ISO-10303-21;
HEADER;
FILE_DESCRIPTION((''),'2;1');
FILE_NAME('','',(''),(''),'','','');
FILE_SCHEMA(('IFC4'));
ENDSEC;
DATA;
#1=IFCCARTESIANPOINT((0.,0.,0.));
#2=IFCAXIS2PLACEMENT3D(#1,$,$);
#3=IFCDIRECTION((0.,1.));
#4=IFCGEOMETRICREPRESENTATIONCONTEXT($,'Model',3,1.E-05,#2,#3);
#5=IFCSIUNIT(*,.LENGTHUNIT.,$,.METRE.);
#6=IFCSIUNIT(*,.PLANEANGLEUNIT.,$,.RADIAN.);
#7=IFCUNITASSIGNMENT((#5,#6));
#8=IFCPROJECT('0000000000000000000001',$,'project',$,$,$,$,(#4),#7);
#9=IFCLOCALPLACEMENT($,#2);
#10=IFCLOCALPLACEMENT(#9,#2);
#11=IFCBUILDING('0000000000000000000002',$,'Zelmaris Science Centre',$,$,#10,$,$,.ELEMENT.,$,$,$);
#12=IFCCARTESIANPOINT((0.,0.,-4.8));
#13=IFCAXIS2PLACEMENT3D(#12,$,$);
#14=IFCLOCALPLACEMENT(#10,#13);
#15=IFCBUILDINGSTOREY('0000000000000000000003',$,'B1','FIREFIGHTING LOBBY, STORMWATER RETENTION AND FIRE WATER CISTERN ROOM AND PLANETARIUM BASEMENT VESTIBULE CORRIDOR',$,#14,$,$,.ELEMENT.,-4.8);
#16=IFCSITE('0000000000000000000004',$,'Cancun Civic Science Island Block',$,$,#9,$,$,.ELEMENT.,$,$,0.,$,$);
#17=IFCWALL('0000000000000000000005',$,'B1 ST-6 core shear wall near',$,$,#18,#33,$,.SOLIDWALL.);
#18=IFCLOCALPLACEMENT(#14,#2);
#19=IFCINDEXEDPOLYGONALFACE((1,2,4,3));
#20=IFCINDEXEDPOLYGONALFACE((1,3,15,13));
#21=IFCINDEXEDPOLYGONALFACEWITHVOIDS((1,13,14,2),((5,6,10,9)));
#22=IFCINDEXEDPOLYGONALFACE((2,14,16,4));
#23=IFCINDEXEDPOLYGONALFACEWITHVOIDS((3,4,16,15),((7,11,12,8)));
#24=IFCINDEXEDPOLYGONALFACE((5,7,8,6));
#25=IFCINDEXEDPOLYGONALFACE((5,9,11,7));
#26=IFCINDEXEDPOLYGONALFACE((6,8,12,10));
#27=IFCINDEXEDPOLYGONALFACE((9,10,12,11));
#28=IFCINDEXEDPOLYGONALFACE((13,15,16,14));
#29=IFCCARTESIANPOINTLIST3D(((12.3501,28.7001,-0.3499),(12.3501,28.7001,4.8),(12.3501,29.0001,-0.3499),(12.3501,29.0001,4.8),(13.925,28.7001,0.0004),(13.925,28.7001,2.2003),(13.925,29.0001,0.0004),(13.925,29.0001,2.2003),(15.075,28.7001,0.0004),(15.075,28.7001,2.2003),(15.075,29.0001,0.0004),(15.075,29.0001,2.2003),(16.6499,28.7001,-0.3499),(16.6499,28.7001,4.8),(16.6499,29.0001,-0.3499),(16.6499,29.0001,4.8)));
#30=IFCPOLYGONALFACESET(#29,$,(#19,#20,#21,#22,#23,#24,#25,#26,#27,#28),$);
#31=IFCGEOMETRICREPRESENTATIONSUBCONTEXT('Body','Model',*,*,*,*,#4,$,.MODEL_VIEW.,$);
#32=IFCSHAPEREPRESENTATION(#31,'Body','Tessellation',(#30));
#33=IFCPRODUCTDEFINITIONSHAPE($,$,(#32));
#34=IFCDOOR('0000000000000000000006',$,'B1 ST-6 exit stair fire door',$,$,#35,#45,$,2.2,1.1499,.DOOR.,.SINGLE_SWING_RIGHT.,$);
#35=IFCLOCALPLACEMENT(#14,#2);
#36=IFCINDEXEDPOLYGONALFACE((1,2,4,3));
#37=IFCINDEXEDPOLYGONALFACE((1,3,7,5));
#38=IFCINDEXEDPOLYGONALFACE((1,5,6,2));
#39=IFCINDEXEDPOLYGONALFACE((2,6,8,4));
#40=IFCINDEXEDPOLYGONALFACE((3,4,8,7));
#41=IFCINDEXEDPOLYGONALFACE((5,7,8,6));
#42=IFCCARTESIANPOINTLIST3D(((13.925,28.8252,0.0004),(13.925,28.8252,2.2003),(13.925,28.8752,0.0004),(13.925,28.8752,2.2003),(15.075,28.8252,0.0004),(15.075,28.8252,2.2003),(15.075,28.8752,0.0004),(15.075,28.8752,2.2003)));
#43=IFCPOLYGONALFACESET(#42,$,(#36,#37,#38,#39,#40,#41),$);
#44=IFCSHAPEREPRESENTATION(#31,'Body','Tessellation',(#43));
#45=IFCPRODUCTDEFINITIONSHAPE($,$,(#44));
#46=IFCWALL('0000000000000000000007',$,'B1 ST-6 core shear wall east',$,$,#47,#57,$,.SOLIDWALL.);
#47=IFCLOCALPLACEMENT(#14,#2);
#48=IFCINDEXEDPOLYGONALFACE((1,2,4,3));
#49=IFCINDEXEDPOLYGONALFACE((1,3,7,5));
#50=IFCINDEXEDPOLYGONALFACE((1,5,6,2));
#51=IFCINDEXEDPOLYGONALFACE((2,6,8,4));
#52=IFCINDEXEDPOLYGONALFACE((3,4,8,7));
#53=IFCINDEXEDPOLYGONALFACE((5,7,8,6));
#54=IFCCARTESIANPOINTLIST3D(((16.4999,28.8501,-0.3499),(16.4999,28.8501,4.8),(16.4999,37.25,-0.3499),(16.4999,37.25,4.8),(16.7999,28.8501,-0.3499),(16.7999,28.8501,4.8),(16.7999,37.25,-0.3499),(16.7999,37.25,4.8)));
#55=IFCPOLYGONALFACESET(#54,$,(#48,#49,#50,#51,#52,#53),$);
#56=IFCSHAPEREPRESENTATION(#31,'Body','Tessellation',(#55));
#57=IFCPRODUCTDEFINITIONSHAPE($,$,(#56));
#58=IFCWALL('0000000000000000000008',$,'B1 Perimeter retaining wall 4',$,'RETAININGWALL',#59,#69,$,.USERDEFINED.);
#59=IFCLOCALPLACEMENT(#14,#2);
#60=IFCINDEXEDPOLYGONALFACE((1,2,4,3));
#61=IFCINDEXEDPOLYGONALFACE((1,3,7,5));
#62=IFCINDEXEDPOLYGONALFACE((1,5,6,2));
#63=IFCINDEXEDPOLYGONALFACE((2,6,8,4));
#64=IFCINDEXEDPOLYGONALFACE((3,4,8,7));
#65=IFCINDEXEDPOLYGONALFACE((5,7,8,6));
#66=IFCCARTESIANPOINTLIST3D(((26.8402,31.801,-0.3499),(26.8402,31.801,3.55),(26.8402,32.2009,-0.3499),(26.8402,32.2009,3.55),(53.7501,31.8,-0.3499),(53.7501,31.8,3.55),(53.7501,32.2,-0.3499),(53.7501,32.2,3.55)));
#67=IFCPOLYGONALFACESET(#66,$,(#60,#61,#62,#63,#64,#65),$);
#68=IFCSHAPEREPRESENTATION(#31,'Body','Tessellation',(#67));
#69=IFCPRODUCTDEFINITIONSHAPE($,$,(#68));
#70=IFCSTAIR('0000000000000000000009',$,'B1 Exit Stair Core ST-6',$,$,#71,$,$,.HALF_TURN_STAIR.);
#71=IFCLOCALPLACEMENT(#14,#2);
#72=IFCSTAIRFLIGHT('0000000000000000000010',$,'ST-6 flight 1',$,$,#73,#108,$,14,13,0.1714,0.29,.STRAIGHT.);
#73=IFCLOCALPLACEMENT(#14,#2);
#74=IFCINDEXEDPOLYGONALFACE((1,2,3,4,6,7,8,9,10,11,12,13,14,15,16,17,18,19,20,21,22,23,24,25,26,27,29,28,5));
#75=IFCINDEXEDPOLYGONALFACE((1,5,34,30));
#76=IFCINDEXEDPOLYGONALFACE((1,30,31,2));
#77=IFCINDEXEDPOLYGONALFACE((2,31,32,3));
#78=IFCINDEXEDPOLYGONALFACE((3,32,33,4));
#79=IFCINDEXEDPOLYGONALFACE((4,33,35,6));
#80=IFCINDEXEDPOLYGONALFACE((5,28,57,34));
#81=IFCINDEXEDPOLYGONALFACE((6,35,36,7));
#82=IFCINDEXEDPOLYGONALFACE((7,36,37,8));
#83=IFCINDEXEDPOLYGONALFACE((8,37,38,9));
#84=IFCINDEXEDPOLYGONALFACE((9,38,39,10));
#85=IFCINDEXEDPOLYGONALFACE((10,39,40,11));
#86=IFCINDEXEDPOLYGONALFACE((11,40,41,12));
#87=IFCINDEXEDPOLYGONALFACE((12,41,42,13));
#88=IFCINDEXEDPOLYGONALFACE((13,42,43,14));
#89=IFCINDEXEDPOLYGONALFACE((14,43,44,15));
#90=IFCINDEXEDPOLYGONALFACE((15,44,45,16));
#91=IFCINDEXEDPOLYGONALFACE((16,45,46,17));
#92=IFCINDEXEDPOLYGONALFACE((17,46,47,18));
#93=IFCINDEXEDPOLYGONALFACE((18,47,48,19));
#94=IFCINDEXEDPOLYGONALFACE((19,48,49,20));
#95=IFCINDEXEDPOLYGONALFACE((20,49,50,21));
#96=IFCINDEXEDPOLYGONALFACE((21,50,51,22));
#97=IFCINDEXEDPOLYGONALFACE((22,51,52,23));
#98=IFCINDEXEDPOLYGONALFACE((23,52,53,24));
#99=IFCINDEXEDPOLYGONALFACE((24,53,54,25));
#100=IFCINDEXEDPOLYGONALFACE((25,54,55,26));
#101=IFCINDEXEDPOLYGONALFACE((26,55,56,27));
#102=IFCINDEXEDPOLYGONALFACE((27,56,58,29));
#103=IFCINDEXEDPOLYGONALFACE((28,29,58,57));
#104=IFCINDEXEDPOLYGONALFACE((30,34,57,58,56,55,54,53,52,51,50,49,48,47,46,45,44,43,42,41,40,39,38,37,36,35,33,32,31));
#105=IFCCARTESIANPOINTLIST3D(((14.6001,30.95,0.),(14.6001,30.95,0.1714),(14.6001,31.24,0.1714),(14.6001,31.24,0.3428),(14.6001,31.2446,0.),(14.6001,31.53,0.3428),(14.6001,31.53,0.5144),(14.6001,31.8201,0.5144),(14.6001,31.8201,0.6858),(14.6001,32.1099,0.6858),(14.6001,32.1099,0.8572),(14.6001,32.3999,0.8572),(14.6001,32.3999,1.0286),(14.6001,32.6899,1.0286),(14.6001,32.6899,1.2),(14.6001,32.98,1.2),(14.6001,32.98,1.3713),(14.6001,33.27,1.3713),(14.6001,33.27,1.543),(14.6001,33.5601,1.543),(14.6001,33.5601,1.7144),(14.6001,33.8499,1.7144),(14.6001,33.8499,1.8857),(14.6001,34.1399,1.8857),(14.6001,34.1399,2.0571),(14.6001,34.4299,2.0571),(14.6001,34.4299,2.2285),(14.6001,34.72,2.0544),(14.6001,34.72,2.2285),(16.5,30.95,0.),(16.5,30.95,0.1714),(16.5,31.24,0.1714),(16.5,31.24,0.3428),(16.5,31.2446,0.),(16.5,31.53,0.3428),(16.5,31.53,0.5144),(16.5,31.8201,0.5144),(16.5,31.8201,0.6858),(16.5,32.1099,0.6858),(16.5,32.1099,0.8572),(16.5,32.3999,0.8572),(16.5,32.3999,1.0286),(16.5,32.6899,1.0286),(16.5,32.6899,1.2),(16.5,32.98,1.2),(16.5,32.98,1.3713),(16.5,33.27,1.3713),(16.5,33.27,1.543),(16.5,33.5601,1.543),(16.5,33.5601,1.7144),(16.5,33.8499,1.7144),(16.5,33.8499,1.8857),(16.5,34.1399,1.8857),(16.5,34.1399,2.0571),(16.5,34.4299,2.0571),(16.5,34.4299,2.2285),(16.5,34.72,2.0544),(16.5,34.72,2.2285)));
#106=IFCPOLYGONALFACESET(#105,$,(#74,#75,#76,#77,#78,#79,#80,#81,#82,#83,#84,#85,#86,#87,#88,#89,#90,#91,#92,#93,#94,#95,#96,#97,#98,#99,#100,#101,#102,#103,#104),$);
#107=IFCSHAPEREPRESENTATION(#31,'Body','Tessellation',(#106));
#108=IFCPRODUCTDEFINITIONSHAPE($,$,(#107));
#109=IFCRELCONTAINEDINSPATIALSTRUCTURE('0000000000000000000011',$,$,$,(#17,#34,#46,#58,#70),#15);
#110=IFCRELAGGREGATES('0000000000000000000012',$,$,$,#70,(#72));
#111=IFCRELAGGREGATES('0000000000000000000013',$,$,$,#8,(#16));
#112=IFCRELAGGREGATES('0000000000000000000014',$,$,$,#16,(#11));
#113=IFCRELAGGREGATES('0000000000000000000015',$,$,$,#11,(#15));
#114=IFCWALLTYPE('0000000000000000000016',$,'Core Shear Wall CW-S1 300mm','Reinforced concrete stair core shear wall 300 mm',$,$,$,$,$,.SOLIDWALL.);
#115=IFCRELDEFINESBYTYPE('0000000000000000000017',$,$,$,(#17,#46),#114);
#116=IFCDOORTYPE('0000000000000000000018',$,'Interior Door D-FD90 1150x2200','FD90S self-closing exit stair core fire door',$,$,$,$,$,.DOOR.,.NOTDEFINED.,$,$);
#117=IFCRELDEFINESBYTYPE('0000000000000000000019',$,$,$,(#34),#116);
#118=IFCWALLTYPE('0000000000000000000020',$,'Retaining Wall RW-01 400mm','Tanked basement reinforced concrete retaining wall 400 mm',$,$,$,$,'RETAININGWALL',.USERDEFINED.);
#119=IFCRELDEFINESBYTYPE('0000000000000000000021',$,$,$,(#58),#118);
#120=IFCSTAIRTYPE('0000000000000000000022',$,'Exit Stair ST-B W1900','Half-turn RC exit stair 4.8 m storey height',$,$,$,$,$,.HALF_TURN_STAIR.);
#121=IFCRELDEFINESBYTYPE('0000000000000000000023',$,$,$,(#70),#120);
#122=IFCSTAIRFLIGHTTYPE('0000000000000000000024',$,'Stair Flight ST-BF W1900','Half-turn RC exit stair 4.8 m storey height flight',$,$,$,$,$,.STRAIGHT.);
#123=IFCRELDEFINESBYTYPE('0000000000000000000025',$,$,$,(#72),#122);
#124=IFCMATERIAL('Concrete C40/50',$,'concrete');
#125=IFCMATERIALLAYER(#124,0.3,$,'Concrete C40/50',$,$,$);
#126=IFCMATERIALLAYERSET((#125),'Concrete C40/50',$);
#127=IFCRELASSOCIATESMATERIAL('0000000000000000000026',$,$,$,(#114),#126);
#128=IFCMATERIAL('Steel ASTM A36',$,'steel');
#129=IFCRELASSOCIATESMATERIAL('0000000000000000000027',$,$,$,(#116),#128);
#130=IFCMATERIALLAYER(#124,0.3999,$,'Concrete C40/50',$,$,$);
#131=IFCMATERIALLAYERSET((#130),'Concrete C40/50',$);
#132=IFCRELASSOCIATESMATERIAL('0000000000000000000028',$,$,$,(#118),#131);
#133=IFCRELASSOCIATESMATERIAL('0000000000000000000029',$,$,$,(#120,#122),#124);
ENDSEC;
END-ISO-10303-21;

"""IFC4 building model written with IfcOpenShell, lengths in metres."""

from ifc_helpers import new_model, si_unit, direction, frame, frame_2d, origin, place, context, subcontext, project, spatial, polyline, rectangle, outline, extrude, material, layer, layer_set, type_object, element, fill, aggregate, save


model = new_model("IFC4")

# Units and contexts
model_context = context("Model", 3, precision=1e-05, world=origin(), true_north=direction((0.0, 1.0)))
body_context = subcontext(model_context, "Body", "Model", "MODEL_VIEW")
ifc_project = project(units=[si_unit("LENGTHUNIT", "METRE"), si_unit("PLANEANGLEUNIT", "RADIAN")], contexts=[model_context])

# Site, building, storey
site_placement = place(None, origin())
site = spatial("IfcSite", under=ifc_project, at=site_placement, Name="Cancun Civic Science Island Block", CompositionType="ELEMENT", RefElevation=0.0)
building_placement = place(site_placement, origin())
building = spatial("IfcBuilding", under=site, at=building_placement, Name="Zelmaris Science Centre", CompositionType="ELEMENT")
storey_placement = place(building_placement, frame((0.0, 0.0, -4.8)))
storey = spatial("IfcBuildingStorey", under=building, at=storey_placement, Name="B1", Description="FIREFIGHTING LOBBY, STORMWATER RETENTION AND FIRE WATER CISTERN ROOM AND PLANETARIUM BASEMENT VESTIBULE CORRIDOR", CompositionType="ELEMENT", Elevation=-4.8)

# Shared definitions
ifc_material_1 = material(Name="Concrete C40/50", Category="concrete")

# Wall, opening, door
ifc_layer_1 = layer(ifc_material_1, 0.3, Name="Concrete C40/50")
ifc_layer_set_1 = layer_set([ifc_layer_1], Name="Concrete C40/50")
wall_type_1 = type_object("IfcWallType", Name="Core Shear Wall CW-S1 300mm", Description="Reinforced concrete stair core shear wall 300 mm", PredefinedType="SOLIDWALL", material=ifc_layer_set_1)
wall_1_placement = place(storey_placement, frame((16.6499, 28.8501, -0.3499), z_axis=(0.0, 0.0, 1.0), x_axis=(-1.0, 0.0, 0.0)))
wall_1 = element("IfcWall", 1, at=wall_1_placement, inside=storey, type_object=wall_type_1, Name="B1 ST-6 core shear wall near", PredefinedType="SOLIDWALL", context=body_context, shape_type="SweptSolid", body=[
    extrude(rectangle(XDim=4.2998, YDim=0.3, at=frame_2d((2.1499, 0.0))), origin(), (0.0, 0.0, 1.0), 5.1499),
])
opening_placement = place(wall_1_placement, frame((1.575, 0.0, 0.3501)))
opening = element("IfcOpeningElement", 2, at=opening_placement, cuts=wall_1, PredefinedType="OPENING", context=body_context, shape_type="SweptSolid", body=[
    extrude(rectangle(XDim=1.1499, YDim=2.2, at=frame_2d((0.575, 1.1001))), frame((0.0, 0.1599, 0.0), z_axis=(0.0, -1.0, 0.0), x_axis=(1.0, 0.0, 0.0)), (0.0, 0.0, 1.0), 0.3201),
])
ifc_material_2 = material(Name="Steel ASTM A36", Category="steel")
door_type = type_object("IfcDoorType", Name="Interior Door D-FD90 1150x2200", Description="FD90S self-closing exit stair core fire door", OperationType="NOTDEFINED", PredefinedType="DOOR", material=ifc_material_2)
door_placement = place(opening_placement, origin())
door = element("IfcDoor", 3, at=door_placement, inside=storey, type_object=door_type, Name="B1 ST-6 exit stair fire door", OperationType="SINGLE_SWING_RIGHT", OverallHeight=2.2, OverallWidth=1.1499, PredefinedType="DOOR", context=body_context, shape_type="SweptSolid", body=[
    extrude(rectangle(XDim=1.1499, YDim=2.2, at=frame_2d((0.575, 1.1001))), frame((0.0, 0.0249, 0.0), z_axis=(0.0, -1.0, 0.0), x_axis=(1.0, 0.0, 0.0)), (0.0, 0.0, 1.0), 0.05),
])
fill(opening, door)

# Walls
wall_2_placement = place(storey_placement, frame((16.6499, 28.8501, -0.3499), z_axis=(0.0, 0.0, 1.0), x_axis=(0.0, 1.0, 0.0)))
element("IfcWall", 4, at=wall_2_placement, inside=storey, type_object=wall_type_1, Name="B1 ST-6 core shear wall east", PredefinedType="SOLIDWALL", context=body_context, shape_type="SweptSolid", body=[
    extrude(rectangle(XDim=8.3999, YDim=0.3, at=frame_2d((4.2, 0.0))), origin(), (0.0, 0.0, 1.0), 5.1499),
])
ifc_layer_2 = layer(ifc_material_1, 0.3999, Name="Concrete C40/50")
ifc_layer_set_2 = layer_set([ifc_layer_2], Name="Concrete C40/50")
wall_type_2 = type_object("IfcWallType", Name="Retaining Wall RW-01 400mm", Description="Tanked basement reinforced concrete retaining wall 400 mm", ElementType="RETAININGWALL", PredefinedType="USERDEFINED", material=ifc_layer_set_2)
wall_3_placement = place(storey_placement, frame((26.8401, 32.001, -0.3499), z_axis=(0.0, 0.0, 1.0), x_axis=(1.0, -0.000036, 0.0)))
element("IfcWall", 5, at=wall_3_placement, inside=storey, type_object=wall_type_2, Name="B1 Perimeter retaining wall 4", ObjectType="RETAININGWALL", PredefinedType="USERDEFINED", context=body_context, shape_type="SweptSolid", body=[
    extrude(rectangle(XDim=26.9099, YDim=0.3999, at=frame_2d((13.4551, 0.0))), origin(), (0.0, 0.0, 1.0), 3.8999),
])

# Stair, stair flight
stair_type = type_object("IfcStairType", Name="Exit Stair ST-B W1900", Description="Half-turn RC exit stair 4.8 m storey height", PredefinedType="HALF_TURN_STAIR", material=ifc_material_1)
stair_placement = place(storey_placement, origin())
stair = element("IfcStair", 6, at=stair_placement, inside=storey, type_object=stair_type, Name="B1 Exit Stair Core ST-6", PredefinedType="HALF_TURN_STAIR")
stair_flight_type = type_object("IfcStairFlightType", Name="Stair Flight ST-BF W1900", Description="Half-turn RC exit stair 4.8 m storey height flight", PredefinedType="STRAIGHT", material=ifc_material_1)
stair_flight_placement = place(storey_placement, frame((15.55, 30.95, 0.0), z_axis=(0.0, 0.0, 1.0), x_axis=(0.0, 1.0, 0.0)))
stair_flight = element("IfcStairFlight", 7, at=stair_flight_placement, type_object=stair_flight_type, Name="ST-6 flight 1", NumberOfRisers=14, NumberOfTreads=13, PredefinedType="STRAIGHT", RiserHeight=0.1714, TreadLength=0.29, context=body_context, shape_type="SweptSolid", body=[
    extrude(outline(polyline([(0.0, 0.0), (0.0, 0.1714), (0.29, 0.1714), (0.29, 0.3428), (0.5801, 0.3428), (0.5801, 0.5144), (0.8701, 0.5144), (0.8701, 0.6858), (1.1599, 0.6858), (1.1599, 0.8572), (1.45, 0.8572), (1.45, 1.0286), (1.74, 1.0286), (1.74, 1.2), (2.03, 1.2), (2.03, 1.3713), (2.3201, 1.3713), (2.3201, 1.543), (2.6101, 1.543), (2.6101, 1.7144), (2.8999, 1.7144), (2.8999, 1.8857), (3.1899, 1.8857), (3.1899, 2.0571), (3.48, 2.0571), (3.48, 2.2285), (3.77, 2.2285), (3.77, 2.3999), (3.77, 2.0544), (0.2947, 0.0), (0.0, 0.0)])), frame((0.0, 0.95, 0.0), z_axis=(0.0, -1.0, 0.0), x_axis=(1.0, 0.0, 0.0)), (0.0, 0.0, 1.0), 1.8999),
])
aggregate(stair, [stair_flight])

save(model, "model.ifc")
